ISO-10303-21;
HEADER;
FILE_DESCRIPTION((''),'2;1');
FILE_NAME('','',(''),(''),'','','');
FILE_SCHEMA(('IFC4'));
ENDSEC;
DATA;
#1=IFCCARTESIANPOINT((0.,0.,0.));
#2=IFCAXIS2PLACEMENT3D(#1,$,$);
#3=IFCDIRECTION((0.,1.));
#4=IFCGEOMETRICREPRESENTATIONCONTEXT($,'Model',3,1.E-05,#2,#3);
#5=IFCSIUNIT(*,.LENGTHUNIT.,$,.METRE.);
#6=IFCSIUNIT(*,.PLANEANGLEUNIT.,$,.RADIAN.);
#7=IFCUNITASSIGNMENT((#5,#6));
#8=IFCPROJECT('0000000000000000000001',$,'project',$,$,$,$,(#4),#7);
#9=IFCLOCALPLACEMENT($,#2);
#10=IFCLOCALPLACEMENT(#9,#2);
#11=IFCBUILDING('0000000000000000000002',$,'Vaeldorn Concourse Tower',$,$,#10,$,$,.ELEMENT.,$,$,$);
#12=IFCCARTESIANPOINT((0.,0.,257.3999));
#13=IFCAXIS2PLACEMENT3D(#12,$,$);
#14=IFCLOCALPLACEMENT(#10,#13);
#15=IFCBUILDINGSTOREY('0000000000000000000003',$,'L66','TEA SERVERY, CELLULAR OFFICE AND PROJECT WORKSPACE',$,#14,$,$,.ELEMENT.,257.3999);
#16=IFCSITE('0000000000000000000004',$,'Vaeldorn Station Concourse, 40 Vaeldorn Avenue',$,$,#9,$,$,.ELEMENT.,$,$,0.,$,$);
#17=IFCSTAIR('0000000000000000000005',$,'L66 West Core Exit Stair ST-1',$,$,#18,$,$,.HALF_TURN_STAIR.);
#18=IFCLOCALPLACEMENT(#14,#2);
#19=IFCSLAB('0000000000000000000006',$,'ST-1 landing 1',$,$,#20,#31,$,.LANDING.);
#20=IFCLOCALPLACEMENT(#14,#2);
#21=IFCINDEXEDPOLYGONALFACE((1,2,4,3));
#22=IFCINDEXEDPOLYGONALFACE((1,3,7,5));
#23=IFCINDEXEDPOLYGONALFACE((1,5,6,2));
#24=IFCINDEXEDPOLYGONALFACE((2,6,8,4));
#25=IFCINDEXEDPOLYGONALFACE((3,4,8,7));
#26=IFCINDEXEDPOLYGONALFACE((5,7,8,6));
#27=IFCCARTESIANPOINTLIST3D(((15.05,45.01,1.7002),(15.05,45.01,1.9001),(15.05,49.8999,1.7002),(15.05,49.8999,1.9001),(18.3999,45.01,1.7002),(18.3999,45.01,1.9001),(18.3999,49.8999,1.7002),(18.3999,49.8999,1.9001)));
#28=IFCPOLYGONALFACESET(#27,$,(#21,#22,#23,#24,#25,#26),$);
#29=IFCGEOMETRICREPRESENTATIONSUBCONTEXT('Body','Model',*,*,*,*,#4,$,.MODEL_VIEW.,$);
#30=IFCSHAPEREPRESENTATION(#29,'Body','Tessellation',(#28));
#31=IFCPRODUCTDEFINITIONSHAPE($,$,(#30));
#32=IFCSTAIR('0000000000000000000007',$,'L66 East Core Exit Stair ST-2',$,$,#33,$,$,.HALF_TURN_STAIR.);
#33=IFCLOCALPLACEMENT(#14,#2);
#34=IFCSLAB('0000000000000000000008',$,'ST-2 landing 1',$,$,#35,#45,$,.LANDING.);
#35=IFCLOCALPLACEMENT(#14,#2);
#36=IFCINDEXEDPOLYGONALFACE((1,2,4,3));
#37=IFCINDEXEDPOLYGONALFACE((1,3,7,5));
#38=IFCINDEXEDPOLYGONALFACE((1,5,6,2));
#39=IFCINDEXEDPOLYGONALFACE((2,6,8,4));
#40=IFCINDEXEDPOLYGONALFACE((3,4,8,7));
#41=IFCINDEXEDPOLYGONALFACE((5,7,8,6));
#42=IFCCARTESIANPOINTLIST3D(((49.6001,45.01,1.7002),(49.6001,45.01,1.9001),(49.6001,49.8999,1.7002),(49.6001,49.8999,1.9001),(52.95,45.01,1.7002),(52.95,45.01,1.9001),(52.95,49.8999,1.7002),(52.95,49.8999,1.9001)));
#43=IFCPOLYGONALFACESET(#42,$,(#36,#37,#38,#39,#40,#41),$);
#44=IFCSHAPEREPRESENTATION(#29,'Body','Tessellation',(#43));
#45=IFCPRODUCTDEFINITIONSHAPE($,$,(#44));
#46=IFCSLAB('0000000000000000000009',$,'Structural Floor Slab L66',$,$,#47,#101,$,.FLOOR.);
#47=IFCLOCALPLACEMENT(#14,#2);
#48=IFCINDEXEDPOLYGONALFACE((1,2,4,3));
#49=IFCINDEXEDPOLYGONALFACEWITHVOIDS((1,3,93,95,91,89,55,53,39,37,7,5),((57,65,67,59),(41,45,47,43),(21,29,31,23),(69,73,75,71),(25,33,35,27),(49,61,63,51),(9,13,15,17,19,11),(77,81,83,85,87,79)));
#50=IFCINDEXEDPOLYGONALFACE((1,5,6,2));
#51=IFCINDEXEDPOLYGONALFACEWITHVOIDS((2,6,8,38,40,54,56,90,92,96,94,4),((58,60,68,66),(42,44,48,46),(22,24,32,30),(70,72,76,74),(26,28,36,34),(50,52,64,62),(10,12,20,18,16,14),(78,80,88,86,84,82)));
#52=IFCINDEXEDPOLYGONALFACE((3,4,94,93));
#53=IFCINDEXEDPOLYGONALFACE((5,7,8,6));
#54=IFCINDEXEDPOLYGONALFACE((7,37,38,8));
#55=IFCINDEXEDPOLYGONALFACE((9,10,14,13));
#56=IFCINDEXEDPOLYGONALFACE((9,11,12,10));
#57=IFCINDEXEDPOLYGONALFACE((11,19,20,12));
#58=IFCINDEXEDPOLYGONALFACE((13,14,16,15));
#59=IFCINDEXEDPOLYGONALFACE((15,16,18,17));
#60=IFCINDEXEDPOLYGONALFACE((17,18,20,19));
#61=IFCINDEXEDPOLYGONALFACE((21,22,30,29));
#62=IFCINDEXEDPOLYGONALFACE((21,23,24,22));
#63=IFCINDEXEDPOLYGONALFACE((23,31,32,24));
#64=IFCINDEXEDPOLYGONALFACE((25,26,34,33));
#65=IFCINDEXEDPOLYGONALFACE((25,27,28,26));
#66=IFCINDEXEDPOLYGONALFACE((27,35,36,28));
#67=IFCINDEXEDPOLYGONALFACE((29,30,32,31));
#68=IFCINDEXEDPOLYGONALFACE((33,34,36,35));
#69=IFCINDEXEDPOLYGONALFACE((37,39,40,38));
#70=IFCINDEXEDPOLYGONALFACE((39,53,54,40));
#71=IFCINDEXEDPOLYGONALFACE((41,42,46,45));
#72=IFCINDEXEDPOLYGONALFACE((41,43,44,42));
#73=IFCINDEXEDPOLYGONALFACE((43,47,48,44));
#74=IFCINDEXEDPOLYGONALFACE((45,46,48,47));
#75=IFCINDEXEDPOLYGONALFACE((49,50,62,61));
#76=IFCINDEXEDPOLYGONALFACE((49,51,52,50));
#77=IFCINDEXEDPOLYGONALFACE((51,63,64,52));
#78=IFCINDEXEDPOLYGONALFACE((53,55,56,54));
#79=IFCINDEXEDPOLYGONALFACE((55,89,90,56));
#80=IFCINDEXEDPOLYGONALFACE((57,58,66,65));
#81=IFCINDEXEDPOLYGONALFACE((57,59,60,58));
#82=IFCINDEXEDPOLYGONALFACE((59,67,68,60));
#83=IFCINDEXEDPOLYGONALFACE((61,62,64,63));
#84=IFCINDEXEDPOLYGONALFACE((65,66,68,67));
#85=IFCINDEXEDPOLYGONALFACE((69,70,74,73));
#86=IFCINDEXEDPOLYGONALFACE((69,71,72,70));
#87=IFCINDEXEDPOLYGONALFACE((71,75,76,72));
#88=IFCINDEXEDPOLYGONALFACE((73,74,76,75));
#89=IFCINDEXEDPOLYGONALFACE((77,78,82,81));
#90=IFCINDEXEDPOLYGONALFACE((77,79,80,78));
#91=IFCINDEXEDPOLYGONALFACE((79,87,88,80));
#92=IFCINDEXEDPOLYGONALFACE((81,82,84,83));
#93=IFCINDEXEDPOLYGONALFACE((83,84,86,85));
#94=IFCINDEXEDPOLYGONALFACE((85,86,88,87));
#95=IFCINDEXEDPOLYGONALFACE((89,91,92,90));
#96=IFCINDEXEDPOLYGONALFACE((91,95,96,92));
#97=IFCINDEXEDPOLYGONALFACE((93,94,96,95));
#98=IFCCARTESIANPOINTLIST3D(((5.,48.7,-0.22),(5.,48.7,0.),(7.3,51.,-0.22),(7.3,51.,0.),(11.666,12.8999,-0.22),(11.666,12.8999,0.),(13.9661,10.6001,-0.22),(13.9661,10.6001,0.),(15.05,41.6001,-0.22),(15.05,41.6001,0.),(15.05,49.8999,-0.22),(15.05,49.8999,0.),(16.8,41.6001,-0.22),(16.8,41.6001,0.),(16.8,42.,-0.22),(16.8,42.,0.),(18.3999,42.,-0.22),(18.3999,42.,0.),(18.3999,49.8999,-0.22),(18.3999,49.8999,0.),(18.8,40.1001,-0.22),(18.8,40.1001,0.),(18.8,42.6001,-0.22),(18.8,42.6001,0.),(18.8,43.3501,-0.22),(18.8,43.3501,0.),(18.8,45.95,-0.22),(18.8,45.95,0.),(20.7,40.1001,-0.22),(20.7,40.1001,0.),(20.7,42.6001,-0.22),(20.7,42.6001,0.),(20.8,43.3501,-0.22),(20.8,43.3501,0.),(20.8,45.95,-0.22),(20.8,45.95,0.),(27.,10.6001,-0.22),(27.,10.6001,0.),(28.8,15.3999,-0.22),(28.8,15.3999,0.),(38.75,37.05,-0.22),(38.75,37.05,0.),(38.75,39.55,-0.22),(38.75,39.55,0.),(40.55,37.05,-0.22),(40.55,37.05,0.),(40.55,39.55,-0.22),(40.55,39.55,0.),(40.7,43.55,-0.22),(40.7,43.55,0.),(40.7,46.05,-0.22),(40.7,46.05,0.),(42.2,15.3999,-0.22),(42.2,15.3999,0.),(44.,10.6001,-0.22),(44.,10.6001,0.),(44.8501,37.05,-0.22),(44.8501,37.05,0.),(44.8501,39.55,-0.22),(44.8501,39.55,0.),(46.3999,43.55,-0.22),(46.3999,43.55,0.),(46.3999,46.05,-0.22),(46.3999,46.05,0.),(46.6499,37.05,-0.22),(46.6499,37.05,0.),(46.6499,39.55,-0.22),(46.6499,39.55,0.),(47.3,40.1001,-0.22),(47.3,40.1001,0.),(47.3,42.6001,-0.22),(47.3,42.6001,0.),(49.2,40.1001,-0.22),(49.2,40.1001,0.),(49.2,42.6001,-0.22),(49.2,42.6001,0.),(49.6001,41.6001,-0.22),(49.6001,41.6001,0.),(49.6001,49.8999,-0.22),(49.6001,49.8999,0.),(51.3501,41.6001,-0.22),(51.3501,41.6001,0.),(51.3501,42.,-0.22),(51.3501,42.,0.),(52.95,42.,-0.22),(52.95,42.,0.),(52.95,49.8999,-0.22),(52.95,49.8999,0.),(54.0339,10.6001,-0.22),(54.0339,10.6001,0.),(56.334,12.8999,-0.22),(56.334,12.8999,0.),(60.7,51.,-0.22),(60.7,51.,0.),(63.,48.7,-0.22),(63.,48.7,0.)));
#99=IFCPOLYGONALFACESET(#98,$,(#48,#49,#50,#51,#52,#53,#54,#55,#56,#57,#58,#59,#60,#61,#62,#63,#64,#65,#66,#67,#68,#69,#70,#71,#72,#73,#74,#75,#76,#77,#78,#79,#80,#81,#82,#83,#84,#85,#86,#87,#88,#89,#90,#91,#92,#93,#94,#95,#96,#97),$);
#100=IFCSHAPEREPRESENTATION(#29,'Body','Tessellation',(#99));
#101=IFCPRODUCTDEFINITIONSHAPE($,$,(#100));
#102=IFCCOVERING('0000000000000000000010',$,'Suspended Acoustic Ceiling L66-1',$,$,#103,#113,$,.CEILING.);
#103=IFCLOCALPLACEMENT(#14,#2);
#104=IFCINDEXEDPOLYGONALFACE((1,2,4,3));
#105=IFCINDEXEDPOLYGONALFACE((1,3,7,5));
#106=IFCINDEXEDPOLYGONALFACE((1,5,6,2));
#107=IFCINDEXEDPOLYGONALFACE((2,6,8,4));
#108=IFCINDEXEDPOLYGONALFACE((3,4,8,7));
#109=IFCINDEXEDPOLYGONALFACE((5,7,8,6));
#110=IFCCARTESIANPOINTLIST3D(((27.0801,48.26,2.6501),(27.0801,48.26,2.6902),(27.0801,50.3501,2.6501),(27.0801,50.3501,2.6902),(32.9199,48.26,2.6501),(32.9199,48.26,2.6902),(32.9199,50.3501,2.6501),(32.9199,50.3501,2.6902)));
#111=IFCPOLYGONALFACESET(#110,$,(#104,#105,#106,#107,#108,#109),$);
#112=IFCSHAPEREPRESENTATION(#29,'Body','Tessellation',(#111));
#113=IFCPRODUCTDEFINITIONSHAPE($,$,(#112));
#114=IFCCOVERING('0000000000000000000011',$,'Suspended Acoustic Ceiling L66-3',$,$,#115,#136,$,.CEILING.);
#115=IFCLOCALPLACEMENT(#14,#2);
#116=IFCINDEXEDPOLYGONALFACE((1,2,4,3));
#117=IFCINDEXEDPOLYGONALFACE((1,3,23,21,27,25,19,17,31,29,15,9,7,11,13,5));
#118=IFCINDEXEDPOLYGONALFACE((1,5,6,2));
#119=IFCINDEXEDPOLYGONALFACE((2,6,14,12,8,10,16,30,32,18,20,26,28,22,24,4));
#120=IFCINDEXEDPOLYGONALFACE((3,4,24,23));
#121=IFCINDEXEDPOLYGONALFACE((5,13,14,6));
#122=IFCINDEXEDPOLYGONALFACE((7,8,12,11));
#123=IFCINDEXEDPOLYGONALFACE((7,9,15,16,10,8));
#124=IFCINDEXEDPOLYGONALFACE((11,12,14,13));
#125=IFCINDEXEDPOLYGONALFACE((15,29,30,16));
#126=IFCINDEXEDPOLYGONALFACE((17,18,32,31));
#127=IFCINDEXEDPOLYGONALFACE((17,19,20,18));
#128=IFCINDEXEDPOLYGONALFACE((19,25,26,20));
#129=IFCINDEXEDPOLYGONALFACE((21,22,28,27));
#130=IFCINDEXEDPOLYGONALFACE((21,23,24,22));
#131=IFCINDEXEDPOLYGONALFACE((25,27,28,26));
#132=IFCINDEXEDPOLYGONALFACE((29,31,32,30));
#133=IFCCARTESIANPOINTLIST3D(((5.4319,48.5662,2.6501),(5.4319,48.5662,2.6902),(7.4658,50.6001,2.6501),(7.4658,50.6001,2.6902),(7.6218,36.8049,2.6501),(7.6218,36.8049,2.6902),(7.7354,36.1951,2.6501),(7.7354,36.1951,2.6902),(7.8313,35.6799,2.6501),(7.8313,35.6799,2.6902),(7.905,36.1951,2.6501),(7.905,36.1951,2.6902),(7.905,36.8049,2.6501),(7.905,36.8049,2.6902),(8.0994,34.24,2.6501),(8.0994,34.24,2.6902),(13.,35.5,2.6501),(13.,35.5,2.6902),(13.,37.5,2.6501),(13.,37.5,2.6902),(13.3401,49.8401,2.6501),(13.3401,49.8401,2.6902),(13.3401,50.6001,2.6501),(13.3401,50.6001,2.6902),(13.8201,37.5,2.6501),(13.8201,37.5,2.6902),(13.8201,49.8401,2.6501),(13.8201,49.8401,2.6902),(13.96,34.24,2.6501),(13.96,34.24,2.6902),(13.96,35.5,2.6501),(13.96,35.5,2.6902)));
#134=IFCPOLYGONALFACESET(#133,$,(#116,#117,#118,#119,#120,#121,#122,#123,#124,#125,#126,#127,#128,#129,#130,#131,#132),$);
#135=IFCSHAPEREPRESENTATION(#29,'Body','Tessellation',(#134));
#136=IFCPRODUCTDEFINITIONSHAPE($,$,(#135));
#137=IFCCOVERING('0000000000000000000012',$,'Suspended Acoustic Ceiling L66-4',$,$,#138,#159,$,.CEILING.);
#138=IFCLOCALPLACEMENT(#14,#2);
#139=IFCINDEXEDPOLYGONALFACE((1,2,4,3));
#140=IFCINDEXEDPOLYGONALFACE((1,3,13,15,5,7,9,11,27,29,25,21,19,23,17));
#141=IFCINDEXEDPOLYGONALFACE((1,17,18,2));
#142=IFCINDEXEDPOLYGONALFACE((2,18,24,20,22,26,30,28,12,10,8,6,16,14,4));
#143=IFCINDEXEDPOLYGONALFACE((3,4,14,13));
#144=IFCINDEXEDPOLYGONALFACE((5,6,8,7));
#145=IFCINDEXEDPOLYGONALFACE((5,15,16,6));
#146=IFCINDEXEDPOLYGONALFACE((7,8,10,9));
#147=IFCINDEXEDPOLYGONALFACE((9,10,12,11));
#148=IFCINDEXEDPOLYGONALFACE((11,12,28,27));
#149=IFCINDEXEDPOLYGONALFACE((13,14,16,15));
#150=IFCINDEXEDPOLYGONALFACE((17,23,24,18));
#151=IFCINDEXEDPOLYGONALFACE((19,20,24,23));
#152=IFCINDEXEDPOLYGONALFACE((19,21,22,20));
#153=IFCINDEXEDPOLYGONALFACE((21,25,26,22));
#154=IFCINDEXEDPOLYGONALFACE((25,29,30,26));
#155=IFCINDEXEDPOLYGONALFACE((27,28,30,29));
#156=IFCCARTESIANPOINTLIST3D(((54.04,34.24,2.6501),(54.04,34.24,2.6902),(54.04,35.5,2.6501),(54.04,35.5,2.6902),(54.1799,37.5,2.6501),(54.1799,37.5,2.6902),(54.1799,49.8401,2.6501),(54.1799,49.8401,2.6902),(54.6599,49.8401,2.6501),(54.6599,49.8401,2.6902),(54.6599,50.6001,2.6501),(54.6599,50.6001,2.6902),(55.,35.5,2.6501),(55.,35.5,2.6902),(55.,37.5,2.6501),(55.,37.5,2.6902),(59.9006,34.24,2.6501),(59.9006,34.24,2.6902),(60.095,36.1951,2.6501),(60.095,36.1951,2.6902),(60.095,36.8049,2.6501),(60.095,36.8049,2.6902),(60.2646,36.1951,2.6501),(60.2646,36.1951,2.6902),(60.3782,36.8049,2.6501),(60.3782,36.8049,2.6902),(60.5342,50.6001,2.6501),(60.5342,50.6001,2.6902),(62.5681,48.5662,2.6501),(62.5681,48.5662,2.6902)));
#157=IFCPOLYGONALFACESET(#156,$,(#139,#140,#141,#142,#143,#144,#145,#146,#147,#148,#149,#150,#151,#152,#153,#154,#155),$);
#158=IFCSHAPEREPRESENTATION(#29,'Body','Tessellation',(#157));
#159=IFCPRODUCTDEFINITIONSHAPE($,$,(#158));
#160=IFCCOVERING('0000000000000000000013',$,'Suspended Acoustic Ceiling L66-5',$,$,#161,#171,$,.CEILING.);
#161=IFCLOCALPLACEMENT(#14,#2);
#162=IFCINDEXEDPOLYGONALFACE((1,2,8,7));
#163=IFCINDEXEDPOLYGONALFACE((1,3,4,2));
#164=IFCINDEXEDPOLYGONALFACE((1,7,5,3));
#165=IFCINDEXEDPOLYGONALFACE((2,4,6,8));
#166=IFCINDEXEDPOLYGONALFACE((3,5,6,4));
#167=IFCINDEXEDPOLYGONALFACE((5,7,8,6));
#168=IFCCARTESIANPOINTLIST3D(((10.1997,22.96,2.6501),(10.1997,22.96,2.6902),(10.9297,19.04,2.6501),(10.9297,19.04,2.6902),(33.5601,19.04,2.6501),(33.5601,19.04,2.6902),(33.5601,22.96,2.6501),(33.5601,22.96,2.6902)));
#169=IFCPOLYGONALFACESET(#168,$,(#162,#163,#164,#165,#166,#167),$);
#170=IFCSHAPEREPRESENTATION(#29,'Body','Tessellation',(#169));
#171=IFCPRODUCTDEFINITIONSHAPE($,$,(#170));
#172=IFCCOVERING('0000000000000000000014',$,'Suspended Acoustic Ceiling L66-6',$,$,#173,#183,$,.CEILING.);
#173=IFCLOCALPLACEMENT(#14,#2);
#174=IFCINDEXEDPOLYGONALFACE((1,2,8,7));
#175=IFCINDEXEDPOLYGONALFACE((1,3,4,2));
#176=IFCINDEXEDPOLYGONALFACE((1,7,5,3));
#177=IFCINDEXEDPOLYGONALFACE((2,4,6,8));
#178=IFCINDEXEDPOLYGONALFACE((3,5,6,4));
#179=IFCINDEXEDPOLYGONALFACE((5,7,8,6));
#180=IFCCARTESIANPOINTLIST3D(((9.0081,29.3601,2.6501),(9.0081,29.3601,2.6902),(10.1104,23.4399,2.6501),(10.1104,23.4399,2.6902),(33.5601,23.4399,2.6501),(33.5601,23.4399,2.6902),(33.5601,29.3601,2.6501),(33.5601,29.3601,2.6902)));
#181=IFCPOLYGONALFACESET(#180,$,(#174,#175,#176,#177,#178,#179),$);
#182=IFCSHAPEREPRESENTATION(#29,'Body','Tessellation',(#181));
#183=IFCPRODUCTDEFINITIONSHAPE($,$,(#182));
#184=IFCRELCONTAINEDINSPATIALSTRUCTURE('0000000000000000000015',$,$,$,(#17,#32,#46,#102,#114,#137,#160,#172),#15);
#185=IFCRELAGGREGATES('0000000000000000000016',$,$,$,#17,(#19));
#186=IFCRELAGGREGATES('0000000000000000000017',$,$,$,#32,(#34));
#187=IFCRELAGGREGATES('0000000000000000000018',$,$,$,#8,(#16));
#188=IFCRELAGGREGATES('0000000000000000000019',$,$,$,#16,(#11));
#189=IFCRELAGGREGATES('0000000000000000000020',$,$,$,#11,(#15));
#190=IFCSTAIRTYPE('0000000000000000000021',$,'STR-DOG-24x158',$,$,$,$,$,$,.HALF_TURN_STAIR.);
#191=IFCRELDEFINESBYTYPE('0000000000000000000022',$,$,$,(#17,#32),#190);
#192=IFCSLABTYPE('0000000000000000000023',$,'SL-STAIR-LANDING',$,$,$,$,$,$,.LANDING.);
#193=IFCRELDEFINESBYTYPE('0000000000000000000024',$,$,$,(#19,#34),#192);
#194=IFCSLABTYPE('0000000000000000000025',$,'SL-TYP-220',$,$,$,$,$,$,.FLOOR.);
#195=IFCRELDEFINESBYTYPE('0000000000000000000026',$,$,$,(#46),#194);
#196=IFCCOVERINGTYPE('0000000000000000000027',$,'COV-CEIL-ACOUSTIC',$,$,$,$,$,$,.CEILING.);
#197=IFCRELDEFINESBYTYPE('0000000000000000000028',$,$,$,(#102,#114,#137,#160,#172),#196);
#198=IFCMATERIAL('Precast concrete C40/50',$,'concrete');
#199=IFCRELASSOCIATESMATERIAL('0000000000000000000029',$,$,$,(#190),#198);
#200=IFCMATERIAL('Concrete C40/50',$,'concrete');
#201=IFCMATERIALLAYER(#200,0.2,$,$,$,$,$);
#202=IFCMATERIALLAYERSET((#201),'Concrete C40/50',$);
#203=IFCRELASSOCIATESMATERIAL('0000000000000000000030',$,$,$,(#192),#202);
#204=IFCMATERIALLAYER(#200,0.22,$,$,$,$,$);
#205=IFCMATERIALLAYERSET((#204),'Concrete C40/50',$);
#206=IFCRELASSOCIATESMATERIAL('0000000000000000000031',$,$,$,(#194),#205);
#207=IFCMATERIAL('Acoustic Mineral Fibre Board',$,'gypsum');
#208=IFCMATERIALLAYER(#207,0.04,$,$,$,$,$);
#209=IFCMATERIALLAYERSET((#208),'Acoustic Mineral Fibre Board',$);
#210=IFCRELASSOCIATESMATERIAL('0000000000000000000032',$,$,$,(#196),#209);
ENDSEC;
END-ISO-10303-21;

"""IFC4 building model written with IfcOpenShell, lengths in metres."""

from ifc_helpers import new_model, si_unit, direction, frame, origin, place, context, subcontext, project, spatial, polyline, outline, extrude, material, layer, layer_set, type_object, element, aggregate, save


model = new_model("IFC4")

# Units and contexts
model_context = context("Model", 3, precision=1e-05, world=origin(), true_north=direction((0.0, 1.0)))
body_context = subcontext(model_context, "Body", "Model", "MODEL_VIEW")
ifc_project = project(units=[si_unit("LENGTHUNIT", "METRE"), si_unit("PLANEANGLEUNIT", "RADIAN")], contexts=[model_context])

# Site, building, storey
site_placement = place(None, origin())
site = spatial("IfcSite", under=ifc_project, at=site_placement, Name="Vaeldorn Station Concourse, 40 Vaeldorn Avenue", CompositionType="ELEMENT", RefElevation=0.0)
building_placement = place(site_placement, origin())
building = spatial("IfcBuilding", under=site, at=building_placement, Name="Vaeldorn Concourse Tower", CompositionType="ELEMENT")
storey_placement = place(building_placement, frame((0.0, 0.0, 257.3999)))
storey = spatial("IfcBuildingStorey", under=building, at=storey_placement, Name="L66", Description="TEA SERVERY, CELLULAR OFFICE AND PROJECT WORKSPACE", CompositionType="ELEMENT", Elevation=257.3999)

# Stairs, slabs
ifc_material_1 = material(Name="Precast concrete C40/50", Category="concrete")
stair_type = type_object("IfcStairType", Name="STR-DOG-24x158", PredefinedType="HALF_TURN_STAIR", material=ifc_material_1)
stair_1_placement = place(storey_placement, origin())
stair_1 = element("IfcStair", 1, at=stair_1_placement, inside=storey, type_object=stair_type, Name="L66 West Core Exit Stair ST-1", PredefinedType="HALF_TURN_STAIR")
ifc_material_2 = material(Name="Concrete C40/50", Category="concrete")
ifc_layer_1 = layer(ifc_material_2, 0.2)
ifc_layer_set_1 = layer_set([ifc_layer_1], Name="Concrete C40/50")
slab_type_1 = type_object("IfcSlabType", Name="SL-STAIR-LANDING", PredefinedType="LANDING", material=ifc_layer_set_1)
slab_1_placement = place(storey_placement, frame((0.0, 0.0, 1.7002)))
slab_1 = element("IfcSlab", 2, at=slab_1_placement, type_object=slab_type_1, Name="ST-1 landing 1", PredefinedType="LANDING", context=body_context, shape_type="SweptSolid", body=[
    extrude(outline(polyline([(18.3999, 45.01), (18.3999, 49.8999), (15.05, 49.8999), (15.05, 45.01), (18.3999, 45.01)])), origin(), (0.0, 0.0, 1.0), 0.2),
])
aggregate(stair_1, [slab_1])
stair_2_placement = place(storey_placement, origin())
stair_2 = element("IfcStair", 3, at=stair_2_placement, inside=storey, type_object=stair_type, Name="L66 East Core Exit Stair ST-2", PredefinedType="HALF_TURN_STAIR")
slab_2_placement = place(storey_placement, frame((0.0, 0.0, 1.7002)))
slab_2 = element("IfcSlab", 4, at=slab_2_placement, type_object=slab_type_1, Name="ST-2 landing 1", PredefinedType="LANDING", context=body_context, shape_type="SweptSolid", body=[
    extrude(outline(polyline([(52.95, 45.01), (52.95, 49.8999), (49.6001, 49.8999), (49.6001, 45.01), (52.95, 45.01)])), origin(), (0.0, 0.0, 1.0), 0.2),
])
aggregate(stair_2, [slab_2])

# Slab
ifc_layer_2 = layer(ifc_material_2, 0.22)
ifc_layer_set_2 = layer_set([ifc_layer_2], Name="Concrete C40/50")
slab_type_2 = type_object("IfcSlabType", Name="SL-TYP-220", PredefinedType="FLOOR", material=ifc_layer_set_2)
slab_3_placement = place(storey_placement, frame((0.0, 0.0, -0.22)))
element("IfcSlab", 5, at=slab_3_placement, inside=storey, type_object=slab_type_2, Name="Structural Floor Slab L66", PredefinedType="FLOOR", context=body_context, shape_type="SweptSolid", body=[
    extrude(outline(polyline([(13.9661, 10.6001), (27.0, 10.6001), (28.8, 15.3999), (42.2, 15.3999), (44.0, 10.6001), (54.0339, 10.6001), (56.334, 12.8999), (63.0, 48.7), (60.7, 51.0), (7.3, 51.0), (5.0, 48.7), (11.666, 12.8999), (13.9661, 10.6001)]), holes=[polyline([(18.3999, 42.0), (18.3999, 49.8999), (15.05, 49.8999), (15.05, 41.6001), (16.8, 41.6001), (16.8, 42.0), (18.3999, 42.0)]), polyline([(52.95, 42.0), (52.95, 49.8999), (49.6001, 49.8999), (49.6001, 41.6001), (51.3501, 41.6001), (51.3501, 42.0), (52.95, 42.0)]), polyline([(38.75, 37.05), (40.55, 37.05), (40.55, 39.55), (38.75, 39.55), (38.75, 37.05)]), polyline([(44.8501, 37.05), (46.6499, 37.05), (46.6499, 39.55), (44.8501, 39.55), (44.8501, 37.05)]), polyline([(40.7, 43.55), (46.3999, 43.55), (46.3999, 46.05), (40.7, 46.05), (40.7, 43.55)]), polyline([(18.8, 43.3501), (20.8, 43.3501), (20.8, 45.95), (18.8, 45.95), (18.8, 43.3501)]), polyline([(18.8, 40.1001), (20.7, 40.1001), (20.7, 42.6001), (18.8, 42.6001), (18.8, 40.1001)]), polyline([(47.3, 40.1001), (49.2, 40.1001), (49.2, 42.6001), (47.3, 42.6001), (47.3, 40.1001)])]), origin(), (0.0, 0.0, 1.0), 0.22),
])

# Coverings
ifc_material_3 = material(Name="Acoustic Mineral Fibre Board", Category="gypsum")
ifc_layer_3 = layer(ifc_material_3, 0.04)
ifc_layer_set_3 = layer_set([ifc_layer_3], Name="Acoustic Mineral Fibre Board")
covering_type_1 = type_object("IfcCoveringType", Name="COV-CEIL-ACOUSTIC", PredefinedType="CEILING", material=ifc_layer_set_3)
covering_1_placement = place(storey_placement, frame((0.0, 0.0, 2.6501)))
element("IfcCovering", 6, at=covering_1_placement, inside=storey, type_object=covering_type_1, Name="Suspended Acoustic Ceiling L66-1", PredefinedType="CEILING", context=body_context, shape_type="SweptSolid", body=[
    extrude(outline(polyline([(27.0801, 48.26), (27.0801, 50.3501), (32.9199, 50.3501), (32.9199, 48.26), (27.0801, 48.26)])), origin(), (0.0, 0.0, 1.0), 0.04),
])
covering_2_placement = place(storey_placement, frame((0.0, 0.0, 2.6501)))
element("IfcCovering", 7, at=covering_2_placement, inside=storey, type_object=covering_type_1, Name="Suspended Acoustic Ceiling L66-3", PredefinedType="CEILING", context=body_context, shape_type="SweptSolid", body=[
    extrude(outline(polyline([(7.4658, 50.6001), (13.3401, 50.6001), (13.3401, 49.8401), (13.8201, 49.8401), (13.8201, 37.5), (13.0, 37.5), (13.0, 35.5), (13.96, 35.5), (13.96, 34.24), (8.0994, 34.24), (7.8313, 35.6799), (7.8313, 35.6799), (7.7354, 36.1951), (7.905, 36.1951), (7.905, 36.8049), (7.6218, 36.8049), (5.4319, 48.5662), (7.4658, 50.6001)])), origin(), (0.0, 0.0, 1.0), 0.04),
])
covering_3_placement = place(storey_placement, frame((0.0, 0.0, 2.6501)))
element("IfcCovering", 8, at=covering_3_placement, inside=storey, type_object=covering_type_1, Name="Suspended Acoustic Ceiling L66-4", PredefinedType="CEILING", context=body_context, shape_type="SweptSolid", body=[
    extrude(outline(polyline([(54.1799, 49.8401), (54.6599, 49.8401), (54.6599, 50.6001), (60.5342, 50.6001), (62.5681, 48.5662), (60.3782, 36.8049), (60.095, 36.8049), (60.095, 36.1951), (60.2646, 36.1951), (59.9006, 34.24), (54.04, 34.24), (54.04, 35.5), (55.0, 35.5), (55.0, 37.5), (54.1799, 37.5), (54.1799, 49.8401)])), origin(), (0.0, 0.0, 1.0), 0.04),
])
covering_4_placement = place(storey_placement, frame((0.0, 0.0, 2.6501)))
element("IfcCovering", 9, at=covering_4_placement, inside=storey, type_object=covering_type_1, Name="Suspended Acoustic Ceiling L66-5", PredefinedType="CEILING", context=body_context, shape_type="SweptSolid", body=[
    extrude(outline(polyline([(33.5601, 22.96), (33.5601, 19.04), (10.9297, 19.04), (10.1997, 22.96), (33.5601, 22.96)])), origin(), (0.0, 0.0, 1.0), 0.04),
])
covering_5_placement = place(storey_placement, frame((0.0, 0.0, 2.6501)))
element("IfcCovering", 10, at=covering_5_placement, inside=storey, type_object=covering_type_1, Name="Suspended Acoustic Ceiling L66-6", PredefinedType="CEILING", context=body_context, shape_type="SweptSolid", body=[
    extrude(outline(polyline([(33.5601, 29.3601), (33.5601, 23.4399), (10.1104, 23.4399), (9.0081, 29.3601), (33.5601, 29.3601)])), origin(), (0.0, 0.0, 1.0), 0.04),
])

save(model, "model.ifc")
